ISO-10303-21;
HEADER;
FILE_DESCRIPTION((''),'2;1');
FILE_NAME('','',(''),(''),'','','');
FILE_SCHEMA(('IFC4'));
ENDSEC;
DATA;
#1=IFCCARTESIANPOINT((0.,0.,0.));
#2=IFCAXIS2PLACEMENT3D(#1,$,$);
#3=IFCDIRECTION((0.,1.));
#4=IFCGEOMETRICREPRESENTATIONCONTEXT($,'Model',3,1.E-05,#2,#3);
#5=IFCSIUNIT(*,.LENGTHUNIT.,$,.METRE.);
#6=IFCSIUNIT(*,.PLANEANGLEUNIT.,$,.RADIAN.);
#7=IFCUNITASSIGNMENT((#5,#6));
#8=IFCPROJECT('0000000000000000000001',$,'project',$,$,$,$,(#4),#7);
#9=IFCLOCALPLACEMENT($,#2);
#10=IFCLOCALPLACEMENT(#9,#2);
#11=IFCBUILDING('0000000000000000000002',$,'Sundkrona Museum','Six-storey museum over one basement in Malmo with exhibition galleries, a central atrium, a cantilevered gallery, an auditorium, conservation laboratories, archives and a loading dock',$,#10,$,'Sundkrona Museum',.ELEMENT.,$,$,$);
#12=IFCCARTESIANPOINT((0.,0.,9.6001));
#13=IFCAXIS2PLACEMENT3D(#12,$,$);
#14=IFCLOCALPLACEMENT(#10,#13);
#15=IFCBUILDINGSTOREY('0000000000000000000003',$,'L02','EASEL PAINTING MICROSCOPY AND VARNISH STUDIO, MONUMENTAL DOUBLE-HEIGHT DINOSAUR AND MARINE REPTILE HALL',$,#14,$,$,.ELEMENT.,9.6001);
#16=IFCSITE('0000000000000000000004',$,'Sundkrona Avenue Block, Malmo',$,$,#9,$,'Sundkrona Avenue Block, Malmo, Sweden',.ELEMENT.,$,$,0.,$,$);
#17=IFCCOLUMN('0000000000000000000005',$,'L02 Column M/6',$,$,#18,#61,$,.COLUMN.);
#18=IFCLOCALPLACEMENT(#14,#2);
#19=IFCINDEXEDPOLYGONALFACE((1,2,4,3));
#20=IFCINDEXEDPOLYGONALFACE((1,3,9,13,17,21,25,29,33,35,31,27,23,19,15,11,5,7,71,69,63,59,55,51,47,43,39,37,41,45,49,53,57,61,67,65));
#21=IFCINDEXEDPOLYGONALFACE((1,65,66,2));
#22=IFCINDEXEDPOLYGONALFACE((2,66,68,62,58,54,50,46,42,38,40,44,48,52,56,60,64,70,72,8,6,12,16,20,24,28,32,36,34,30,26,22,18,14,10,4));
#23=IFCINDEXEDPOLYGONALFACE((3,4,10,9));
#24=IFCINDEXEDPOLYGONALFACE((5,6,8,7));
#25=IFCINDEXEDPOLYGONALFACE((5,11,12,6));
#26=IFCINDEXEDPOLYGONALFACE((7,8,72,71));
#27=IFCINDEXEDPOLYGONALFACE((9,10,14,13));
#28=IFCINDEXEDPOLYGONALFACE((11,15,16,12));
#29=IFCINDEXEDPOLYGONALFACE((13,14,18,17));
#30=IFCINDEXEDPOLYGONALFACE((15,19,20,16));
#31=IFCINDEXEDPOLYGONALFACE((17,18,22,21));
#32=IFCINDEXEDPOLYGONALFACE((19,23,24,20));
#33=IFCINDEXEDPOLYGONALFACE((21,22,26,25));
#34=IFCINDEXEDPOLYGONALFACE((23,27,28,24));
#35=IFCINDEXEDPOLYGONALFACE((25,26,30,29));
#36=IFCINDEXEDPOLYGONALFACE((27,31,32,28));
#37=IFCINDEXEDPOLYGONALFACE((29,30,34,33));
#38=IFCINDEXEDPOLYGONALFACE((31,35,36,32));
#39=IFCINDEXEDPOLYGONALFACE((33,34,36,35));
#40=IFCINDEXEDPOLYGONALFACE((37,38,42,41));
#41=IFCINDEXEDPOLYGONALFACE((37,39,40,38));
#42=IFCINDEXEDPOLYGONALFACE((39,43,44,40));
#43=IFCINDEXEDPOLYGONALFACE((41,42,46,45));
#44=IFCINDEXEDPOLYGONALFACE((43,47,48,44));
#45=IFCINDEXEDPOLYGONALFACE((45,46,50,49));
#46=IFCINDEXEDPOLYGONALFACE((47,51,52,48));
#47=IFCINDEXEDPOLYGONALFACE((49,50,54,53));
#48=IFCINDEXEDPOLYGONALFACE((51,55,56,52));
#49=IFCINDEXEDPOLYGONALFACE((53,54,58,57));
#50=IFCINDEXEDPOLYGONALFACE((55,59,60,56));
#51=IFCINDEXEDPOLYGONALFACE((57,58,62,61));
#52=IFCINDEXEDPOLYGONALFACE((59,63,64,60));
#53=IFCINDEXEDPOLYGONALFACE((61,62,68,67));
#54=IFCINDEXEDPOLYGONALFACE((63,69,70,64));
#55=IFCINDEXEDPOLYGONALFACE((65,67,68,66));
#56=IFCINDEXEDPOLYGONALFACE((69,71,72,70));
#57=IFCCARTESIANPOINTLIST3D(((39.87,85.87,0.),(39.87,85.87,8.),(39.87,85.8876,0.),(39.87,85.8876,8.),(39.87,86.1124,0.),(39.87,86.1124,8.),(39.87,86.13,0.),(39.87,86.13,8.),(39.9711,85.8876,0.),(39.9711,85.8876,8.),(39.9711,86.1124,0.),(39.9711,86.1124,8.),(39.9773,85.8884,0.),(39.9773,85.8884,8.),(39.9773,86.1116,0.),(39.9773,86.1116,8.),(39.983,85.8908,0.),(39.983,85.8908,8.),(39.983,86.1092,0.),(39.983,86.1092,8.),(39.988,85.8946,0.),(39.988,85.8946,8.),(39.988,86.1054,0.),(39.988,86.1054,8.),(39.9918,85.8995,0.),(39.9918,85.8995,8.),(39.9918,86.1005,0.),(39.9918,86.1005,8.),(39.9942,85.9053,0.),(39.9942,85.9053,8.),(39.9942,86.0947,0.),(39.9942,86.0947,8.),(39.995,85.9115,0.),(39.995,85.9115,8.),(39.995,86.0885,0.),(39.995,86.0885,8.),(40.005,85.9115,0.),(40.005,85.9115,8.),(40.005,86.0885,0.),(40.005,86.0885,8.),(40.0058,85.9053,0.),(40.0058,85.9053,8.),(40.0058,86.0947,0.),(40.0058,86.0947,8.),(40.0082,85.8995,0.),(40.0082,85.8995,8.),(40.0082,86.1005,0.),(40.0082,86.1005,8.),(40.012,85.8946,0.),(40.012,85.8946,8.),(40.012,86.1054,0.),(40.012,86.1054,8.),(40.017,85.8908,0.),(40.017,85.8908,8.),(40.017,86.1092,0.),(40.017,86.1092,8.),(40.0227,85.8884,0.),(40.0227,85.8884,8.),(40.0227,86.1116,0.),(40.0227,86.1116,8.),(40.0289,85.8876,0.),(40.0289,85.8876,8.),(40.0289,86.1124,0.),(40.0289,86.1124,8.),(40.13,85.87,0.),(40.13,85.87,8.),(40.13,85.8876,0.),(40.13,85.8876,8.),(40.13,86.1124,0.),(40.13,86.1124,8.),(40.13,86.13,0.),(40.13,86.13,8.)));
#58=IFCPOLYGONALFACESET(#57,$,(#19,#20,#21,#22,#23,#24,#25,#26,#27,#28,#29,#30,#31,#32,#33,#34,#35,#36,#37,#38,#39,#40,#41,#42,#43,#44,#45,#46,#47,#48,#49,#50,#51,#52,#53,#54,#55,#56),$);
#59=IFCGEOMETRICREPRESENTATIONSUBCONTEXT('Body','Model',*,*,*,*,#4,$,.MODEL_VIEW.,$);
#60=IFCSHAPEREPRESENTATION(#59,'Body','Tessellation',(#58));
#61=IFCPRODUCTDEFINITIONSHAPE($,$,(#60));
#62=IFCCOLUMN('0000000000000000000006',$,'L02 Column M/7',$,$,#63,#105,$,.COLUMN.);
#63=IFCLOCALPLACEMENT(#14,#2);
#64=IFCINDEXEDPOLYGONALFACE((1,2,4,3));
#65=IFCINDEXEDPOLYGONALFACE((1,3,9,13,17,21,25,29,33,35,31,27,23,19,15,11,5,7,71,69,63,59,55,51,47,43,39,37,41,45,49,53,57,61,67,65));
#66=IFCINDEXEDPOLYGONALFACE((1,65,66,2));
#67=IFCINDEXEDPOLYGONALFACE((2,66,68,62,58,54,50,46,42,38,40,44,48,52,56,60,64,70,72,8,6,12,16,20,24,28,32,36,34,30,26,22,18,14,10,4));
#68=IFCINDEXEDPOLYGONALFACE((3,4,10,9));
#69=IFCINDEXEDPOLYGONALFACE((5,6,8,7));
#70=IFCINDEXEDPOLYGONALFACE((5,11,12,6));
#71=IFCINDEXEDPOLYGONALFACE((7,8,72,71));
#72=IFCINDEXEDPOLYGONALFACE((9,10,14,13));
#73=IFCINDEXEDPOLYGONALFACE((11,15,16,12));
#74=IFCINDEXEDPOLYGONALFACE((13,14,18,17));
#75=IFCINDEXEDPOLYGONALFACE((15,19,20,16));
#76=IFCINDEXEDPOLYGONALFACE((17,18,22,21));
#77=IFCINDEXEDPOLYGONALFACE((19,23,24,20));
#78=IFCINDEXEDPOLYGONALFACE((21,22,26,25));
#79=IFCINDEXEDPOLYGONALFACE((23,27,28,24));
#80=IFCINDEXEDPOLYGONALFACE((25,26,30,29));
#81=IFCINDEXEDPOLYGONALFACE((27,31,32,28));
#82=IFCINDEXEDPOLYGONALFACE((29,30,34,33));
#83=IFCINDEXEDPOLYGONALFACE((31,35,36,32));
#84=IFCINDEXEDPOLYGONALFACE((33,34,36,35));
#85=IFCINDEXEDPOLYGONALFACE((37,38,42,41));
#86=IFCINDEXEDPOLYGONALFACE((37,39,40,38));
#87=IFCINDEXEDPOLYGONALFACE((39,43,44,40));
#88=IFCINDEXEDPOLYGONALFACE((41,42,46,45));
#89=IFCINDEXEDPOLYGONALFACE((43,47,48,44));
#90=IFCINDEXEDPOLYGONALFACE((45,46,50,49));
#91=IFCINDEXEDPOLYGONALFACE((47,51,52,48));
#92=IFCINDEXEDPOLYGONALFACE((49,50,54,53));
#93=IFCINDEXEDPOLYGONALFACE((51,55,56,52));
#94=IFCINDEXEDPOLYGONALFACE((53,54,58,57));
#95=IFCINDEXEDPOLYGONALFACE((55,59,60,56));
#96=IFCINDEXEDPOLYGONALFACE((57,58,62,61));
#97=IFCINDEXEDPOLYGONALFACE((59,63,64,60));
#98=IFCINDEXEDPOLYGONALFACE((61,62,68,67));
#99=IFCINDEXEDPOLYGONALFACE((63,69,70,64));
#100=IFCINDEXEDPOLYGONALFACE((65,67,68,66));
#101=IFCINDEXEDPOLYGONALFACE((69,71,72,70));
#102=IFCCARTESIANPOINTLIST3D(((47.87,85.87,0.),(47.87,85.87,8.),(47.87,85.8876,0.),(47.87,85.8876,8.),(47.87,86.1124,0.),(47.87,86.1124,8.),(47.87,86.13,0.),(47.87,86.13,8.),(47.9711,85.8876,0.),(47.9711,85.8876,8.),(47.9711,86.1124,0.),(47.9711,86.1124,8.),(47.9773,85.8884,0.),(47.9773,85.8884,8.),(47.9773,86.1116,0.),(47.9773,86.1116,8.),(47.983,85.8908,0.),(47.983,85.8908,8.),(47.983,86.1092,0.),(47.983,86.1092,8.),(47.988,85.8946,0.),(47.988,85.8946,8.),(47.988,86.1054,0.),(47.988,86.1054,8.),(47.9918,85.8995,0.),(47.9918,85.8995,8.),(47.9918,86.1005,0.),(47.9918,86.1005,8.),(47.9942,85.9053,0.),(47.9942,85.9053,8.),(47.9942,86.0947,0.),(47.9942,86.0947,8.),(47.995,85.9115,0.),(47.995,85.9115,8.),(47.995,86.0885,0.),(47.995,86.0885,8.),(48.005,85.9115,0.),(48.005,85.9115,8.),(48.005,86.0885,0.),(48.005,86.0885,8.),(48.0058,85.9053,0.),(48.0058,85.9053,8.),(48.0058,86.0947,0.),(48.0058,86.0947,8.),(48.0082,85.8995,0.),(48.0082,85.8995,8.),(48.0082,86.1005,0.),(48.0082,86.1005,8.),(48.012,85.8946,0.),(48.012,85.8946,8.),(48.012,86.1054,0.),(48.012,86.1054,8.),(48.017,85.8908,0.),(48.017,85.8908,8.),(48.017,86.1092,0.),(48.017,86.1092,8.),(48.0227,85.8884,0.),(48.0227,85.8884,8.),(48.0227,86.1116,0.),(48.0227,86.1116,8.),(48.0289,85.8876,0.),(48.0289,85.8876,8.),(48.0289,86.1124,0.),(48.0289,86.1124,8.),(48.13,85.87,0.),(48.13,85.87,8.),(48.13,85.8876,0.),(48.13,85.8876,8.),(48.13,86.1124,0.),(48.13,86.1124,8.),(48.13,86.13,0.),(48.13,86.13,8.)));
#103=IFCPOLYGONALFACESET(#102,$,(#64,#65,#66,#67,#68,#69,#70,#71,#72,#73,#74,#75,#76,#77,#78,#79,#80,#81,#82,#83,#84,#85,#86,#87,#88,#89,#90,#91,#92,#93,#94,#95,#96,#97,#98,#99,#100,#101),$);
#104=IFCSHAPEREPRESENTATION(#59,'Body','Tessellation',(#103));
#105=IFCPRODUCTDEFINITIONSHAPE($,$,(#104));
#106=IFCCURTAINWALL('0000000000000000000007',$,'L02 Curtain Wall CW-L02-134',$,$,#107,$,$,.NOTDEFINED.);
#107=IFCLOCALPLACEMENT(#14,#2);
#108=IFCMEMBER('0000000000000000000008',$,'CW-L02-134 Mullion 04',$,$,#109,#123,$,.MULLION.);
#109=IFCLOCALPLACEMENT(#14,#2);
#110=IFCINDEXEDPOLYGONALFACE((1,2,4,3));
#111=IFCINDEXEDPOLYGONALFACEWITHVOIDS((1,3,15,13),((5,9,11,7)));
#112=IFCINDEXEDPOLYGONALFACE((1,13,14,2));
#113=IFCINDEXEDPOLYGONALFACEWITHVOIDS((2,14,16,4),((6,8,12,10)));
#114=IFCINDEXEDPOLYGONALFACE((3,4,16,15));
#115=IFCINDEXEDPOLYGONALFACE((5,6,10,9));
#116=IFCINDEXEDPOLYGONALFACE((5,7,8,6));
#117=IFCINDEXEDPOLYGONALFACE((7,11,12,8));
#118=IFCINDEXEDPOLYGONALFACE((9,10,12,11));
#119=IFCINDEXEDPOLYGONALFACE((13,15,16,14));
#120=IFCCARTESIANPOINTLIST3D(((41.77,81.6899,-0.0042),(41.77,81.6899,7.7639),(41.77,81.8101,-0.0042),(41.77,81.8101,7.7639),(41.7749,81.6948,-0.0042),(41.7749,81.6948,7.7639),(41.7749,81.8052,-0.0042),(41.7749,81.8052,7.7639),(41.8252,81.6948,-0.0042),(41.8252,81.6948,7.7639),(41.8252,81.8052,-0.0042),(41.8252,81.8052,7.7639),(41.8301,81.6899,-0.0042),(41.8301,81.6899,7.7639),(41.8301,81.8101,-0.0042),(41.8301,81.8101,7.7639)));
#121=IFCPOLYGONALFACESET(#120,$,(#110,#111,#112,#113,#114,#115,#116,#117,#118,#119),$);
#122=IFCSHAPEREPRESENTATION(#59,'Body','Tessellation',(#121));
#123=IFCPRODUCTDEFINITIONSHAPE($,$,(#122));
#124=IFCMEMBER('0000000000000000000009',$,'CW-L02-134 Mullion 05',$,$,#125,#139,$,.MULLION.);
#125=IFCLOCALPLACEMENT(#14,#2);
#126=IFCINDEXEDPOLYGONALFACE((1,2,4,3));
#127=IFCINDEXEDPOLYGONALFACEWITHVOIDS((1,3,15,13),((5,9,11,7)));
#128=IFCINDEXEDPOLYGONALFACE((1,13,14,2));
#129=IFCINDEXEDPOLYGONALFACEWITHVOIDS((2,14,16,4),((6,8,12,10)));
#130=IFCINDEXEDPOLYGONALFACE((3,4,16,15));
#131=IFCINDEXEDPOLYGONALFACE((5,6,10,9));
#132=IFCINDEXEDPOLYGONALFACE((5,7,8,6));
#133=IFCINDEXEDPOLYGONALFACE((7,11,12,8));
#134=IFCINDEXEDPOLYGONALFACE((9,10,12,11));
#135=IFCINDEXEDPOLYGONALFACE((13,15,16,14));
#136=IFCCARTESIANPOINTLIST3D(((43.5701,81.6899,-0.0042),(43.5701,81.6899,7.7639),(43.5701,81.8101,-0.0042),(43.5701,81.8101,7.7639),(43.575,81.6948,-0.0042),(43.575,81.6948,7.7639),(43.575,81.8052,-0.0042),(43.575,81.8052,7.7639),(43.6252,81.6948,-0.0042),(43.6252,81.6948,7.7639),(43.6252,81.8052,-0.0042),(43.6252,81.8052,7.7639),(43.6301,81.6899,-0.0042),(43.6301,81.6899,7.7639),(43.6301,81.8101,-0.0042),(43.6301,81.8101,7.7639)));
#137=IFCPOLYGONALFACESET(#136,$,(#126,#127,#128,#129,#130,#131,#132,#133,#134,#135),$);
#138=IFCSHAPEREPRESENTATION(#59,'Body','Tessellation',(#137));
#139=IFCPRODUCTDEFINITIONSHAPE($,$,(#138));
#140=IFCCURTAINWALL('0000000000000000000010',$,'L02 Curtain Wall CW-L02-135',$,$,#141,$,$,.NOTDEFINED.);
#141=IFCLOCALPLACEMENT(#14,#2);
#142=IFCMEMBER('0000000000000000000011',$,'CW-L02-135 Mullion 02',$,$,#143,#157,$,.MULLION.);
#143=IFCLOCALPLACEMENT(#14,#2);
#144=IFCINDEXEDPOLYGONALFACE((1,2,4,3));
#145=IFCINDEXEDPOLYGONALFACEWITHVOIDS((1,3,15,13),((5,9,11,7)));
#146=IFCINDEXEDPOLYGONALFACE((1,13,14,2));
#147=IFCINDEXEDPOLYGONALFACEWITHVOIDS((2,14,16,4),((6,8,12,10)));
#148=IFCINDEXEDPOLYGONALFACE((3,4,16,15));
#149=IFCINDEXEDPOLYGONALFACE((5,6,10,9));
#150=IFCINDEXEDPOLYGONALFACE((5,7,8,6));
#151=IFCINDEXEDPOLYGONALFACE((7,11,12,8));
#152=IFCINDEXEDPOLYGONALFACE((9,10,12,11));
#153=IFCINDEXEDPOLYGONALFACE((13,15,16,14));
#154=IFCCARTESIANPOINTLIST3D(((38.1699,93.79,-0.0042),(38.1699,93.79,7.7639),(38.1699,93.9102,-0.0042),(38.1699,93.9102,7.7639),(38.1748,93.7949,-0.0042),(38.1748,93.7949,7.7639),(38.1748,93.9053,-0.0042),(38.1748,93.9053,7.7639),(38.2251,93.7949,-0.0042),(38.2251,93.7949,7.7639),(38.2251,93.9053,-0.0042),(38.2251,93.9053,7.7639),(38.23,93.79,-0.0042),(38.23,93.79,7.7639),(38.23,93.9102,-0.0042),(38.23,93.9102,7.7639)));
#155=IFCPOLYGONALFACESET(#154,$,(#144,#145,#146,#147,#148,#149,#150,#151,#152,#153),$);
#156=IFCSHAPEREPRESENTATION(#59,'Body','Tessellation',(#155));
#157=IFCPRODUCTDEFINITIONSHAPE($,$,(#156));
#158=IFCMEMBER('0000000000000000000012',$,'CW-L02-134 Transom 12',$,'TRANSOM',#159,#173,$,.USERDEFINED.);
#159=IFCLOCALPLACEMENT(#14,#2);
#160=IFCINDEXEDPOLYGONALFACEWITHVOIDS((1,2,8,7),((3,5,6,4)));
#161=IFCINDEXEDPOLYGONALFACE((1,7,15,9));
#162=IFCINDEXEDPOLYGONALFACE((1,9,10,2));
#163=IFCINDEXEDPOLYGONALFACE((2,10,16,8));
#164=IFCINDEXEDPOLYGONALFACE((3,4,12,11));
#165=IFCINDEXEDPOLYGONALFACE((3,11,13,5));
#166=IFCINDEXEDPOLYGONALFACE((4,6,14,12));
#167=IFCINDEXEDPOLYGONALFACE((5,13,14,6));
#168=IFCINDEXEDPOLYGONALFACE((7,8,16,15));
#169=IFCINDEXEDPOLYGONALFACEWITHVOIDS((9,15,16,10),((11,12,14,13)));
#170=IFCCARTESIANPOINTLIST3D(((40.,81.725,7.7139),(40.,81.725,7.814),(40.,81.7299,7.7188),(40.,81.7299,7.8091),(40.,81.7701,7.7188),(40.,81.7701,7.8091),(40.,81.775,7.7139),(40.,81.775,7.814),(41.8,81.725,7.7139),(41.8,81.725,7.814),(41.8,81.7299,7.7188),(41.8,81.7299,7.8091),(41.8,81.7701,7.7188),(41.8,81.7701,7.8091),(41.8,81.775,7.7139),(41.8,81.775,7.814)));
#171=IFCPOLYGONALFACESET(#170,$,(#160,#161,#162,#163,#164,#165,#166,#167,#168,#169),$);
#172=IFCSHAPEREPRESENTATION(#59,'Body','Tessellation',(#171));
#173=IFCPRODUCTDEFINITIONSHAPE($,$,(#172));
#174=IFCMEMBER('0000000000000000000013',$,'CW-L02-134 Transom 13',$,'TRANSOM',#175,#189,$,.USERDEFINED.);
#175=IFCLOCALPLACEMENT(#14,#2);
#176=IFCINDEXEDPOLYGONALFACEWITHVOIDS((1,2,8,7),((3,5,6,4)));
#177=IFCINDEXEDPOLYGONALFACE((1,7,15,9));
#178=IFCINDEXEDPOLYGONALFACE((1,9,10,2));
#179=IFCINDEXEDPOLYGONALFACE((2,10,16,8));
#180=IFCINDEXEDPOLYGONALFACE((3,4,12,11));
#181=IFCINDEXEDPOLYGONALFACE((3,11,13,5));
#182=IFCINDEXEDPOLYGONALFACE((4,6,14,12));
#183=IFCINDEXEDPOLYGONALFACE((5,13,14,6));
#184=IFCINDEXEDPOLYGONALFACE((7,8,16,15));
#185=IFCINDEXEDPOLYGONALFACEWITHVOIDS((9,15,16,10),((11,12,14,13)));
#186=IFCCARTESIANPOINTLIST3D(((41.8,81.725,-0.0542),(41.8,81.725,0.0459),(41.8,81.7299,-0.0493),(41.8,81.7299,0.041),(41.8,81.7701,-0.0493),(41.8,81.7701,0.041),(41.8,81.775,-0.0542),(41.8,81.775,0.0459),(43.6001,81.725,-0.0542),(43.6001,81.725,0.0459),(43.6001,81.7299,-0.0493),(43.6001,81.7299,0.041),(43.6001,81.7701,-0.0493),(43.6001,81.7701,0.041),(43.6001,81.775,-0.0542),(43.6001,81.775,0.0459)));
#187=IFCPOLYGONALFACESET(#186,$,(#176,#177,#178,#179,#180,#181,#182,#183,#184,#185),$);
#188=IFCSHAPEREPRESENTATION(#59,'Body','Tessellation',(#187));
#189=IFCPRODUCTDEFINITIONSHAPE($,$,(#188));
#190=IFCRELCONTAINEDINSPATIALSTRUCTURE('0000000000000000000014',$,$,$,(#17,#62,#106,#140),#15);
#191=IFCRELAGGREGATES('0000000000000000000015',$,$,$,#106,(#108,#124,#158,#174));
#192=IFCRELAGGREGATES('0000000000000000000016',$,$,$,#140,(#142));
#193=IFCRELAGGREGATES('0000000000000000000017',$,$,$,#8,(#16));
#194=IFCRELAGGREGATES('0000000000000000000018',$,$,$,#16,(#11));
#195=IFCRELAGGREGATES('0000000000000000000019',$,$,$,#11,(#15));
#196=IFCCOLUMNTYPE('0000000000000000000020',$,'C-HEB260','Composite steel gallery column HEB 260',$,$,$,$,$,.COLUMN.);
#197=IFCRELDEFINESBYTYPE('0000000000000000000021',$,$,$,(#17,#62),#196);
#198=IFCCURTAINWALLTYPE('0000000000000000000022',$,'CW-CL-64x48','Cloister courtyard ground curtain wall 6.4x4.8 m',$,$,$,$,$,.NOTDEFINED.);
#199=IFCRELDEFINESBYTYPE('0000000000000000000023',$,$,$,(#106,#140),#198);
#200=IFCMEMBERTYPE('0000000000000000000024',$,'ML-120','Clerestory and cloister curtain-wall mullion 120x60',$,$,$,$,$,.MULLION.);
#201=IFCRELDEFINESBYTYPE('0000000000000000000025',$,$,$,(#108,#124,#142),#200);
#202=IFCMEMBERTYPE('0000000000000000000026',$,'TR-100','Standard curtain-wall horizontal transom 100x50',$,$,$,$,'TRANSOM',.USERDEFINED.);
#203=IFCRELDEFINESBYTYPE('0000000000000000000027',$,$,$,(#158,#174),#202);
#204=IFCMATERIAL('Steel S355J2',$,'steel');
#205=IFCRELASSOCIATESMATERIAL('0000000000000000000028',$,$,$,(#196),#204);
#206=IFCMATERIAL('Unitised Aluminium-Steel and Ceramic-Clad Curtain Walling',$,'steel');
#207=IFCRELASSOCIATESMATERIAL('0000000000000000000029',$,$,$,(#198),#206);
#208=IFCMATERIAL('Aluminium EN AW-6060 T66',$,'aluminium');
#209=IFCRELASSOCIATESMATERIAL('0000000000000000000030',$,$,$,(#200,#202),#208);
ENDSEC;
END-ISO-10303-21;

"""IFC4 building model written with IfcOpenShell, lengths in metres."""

from ifc_helpers import new_model, si_unit, direction, frame, origin, origin_2d, place, context, subcontext, project, spatial, hollow_rectangle, i_section, extrude, material, material_profile, profile_set, type_object, element, aggregate, save


model = new_model("IFC4")

# Units and contexts
model_context = context("Model", 3, precision=1e-05, world=origin(), true_north=direction((0.0, 1.0)))
body_context = subcontext(model_context, "Body", "Model", "MODEL_VIEW")
ifc_project = project(units=[si_unit("LENGTHUNIT", "METRE"), si_unit("PLANEANGLEUNIT", "RADIAN")], contexts=[model_context])

# Site, building, storey
site_placement = place(None, origin())
site = spatial("IfcSite", under=ifc_project, at=site_placement, Name="Sundkrona Avenue Block, Malmo", LongName="Sundkrona Avenue Block, Malmo, Sweden", CompositionType="ELEMENT", RefElevation=0.0)
building_placement = place(site_placement, origin())
building = spatial("IfcBuilding", under=site, at=building_placement, Name="Sundkrona Museum", Description="Six-storey museum over one basement in Malmo with exhibition galleries, a central atrium, a cantilevered gallery, an auditorium, conservation laboratories, archives and a loading dock", LongName="Sundkrona Museum", CompositionType="ELEMENT")
storey_placement = place(building_placement, frame((0.0, 0.0, 9.6001)))
storey = spatial("IfcBuildingStorey", under=building, at=storey_placement, Name="L02", Description="EASEL PAINTING MICROSCOPY AND VARNISH STUDIO, MONUMENTAL DOUBLE-HEIGHT DINOSAUR AND MARINE REPTILE HALL", CompositionType="ELEMENT", Elevation=9.6001)

# Columns
ifc_material_1 = material(Name="Steel S355J2", Category="steel")
ifc_material_profile_1 = material_profile(ifc_material_1, i_section(OverallWidth=0.26, OverallDepth=0.26, WebThickness=0.01, FlangeThickness=0.0176, FilletRadius=0.0239, at=origin_2d()), Name="HEB 260")
ifc_profile_set_1 = profile_set([ifc_material_profile_1], Name="Steel S355J2")
column_type = type_object("IfcColumnType", Name="C-HEB260", Description="Composite steel gallery column HEB 260", PredefinedType="COLUMN", material=ifc_profile_set_1)
for number, where, z_axis, x_axis, name in (
    (1, (40.0, 86.0, 0.0), (0.0, 0.0, 1.0), (1.0, 0.0, 0.0), "L02 Column M/6"),
    (2, (48.0, 86.0, 0.0), (0.0, 0.0, 1.0), (1.0, 0.0, 0.0), "L02 Column M/7"),
):
    element("IfcColumn", number, at=place(storey_placement, frame(where, z_axis=z_axis, x_axis=x_axis)), inside=storey, type_object=column_type, Name=name, PredefinedType="COLUMN", context=body_context, shape_type="SweptSolid", body=[
        extrude(i_section(OverallWidth=0.26, OverallDepth=0.26, WebThickness=0.01, FlangeThickness=0.0176, FilletRadius=0.0239, at=origin_2d()), origin(), (0.0, 0.0, 1.0), 8.0),
    ])

# Curtain wall, members
ifc_material_2 = material(Name="Unitised Aluminium-Steel and Ceramic-Clad Curtain Walling", Category="steel")
curtain_wall_type = type_object("IfcCurtainWallType", Name="CW-CL-64x48", Description="Cloister courtyard ground curtain wall 6.4x4.8 m", PredefinedType="NOTDEFINED", material=ifc_material_2)
curtain_wall_1_placement = place(storey_placement, origin())
curtain_wall_1 = element("IfcCurtainWall", 3, at=curtain_wall_1_placement, inside=storey, type_object=curtain_wall_type, Name="L02 Curtain Wall CW-L02-134", PredefinedType="NOTDEFINED")
ifc_material_3 = material(Name="Aluminium EN AW-6060 T66", Category="aluminium")
ifc_material_profile_2 = material_profile(ifc_material_3, hollow_rectangle(XDim=0.0601, YDim=0.1201, WallThickness=0.0049, at=origin_2d()), Name="RHS 120x60x5.0")
ifc_profile_set_2 = profile_set([ifc_material_profile_2], Name="Aluminium EN AW-6060 T66")
member_type_1 = type_object("IfcMemberType", Name="ML-120", Description="Clerestory and cloister curtain-wall mullion 120x60", PredefinedType="MULLION", material=ifc_profile_set_2)
member_1_placement = place(storey_placement, frame((41.8, 81.75, -0.0042), z_axis=(0.0, 0.0, 1.0), x_axis=(1.0, 0.0, 0.0)))
member_1 = element("IfcMember", 4, at=member_1_placement, type_object=member_type_1, Name="CW-L02-134 Mullion 04", PredefinedType="MULLION", context=body_context, shape_type="SweptSolid", body=[
    extrude(hollow_rectangle(XDim=0.0601, YDim=0.1201, WallThickness=0.0049, at=origin_2d()), origin(), (0.0, 0.0, 1.0), 7.7681),
])
member_2_placement = place(storey_placement, frame((43.6001, 81.75, -0.0042), z_axis=(0.0, 0.0, 1.0), x_axis=(1.0, 0.0, 0.0)))
member_2 = element("IfcMember", 5, at=member_2_placement, type_object=member_type_1, Name="CW-L02-134 Mullion 05", PredefinedType="MULLION", context=body_context, shape_type="SweptSolid", body=[
    extrude(hollow_rectangle(XDim=0.0601, YDim=0.1201, WallThickness=0.0049, at=origin_2d()), origin(), (0.0, 0.0, 1.0), 7.7681),
])

# Curtain wall, member
curtain_wall_2_placement = place(storey_placement, origin())
curtain_wall_2 = element("IfcCurtainWall", 6, at=curtain_wall_2_placement, inside=storey, type_object=curtain_wall_type, Name="L02 Curtain Wall CW-L02-135", PredefinedType="NOTDEFINED")
member_3_placement = place(storey_placement, frame((38.2, 93.8501, -0.0042), z_axis=(0.0, 0.0, 1.0), x_axis=(1.0, 0.0, 0.0)))
member_3 = element("IfcMember", 7, at=member_3_placement, type_object=member_type_1, Name="CW-L02-135 Mullion 02", PredefinedType="MULLION", context=body_context, shape_type="SweptSolid", body=[
    extrude(hollow_rectangle(XDim=0.0601, YDim=0.1201, WallThickness=0.0049, at=origin_2d()), origin(), (0.0, 0.0, 1.0), 7.7681),
])

# Members
ifc_material_profile_3 = material_profile(ifc_material_3, hollow_rectangle(XDim=0.05, YDim=0.1001, WallThickness=0.0049, at=origin_2d()), Name="RHS 100x50x5.0")
ifc_profile_set_3 = profile_set([ifc_material_profile_3], Name="Aluminium EN AW-6060 T66")
member_type_2 = type_object("IfcMemberType", Name="TR-100", Description="Standard curtain-wall horizontal transom 100x50", ElementType="TRANSOM", PredefinedType="USERDEFINED", material=ifc_profile_set_3)
member_4_placement = place(storey_placement, frame((40.0, 81.75, 7.7639), z_axis=(1.0, 0.0, 0.0), x_axis=(0.0, 1.0, 0.0)))
member_4 = element("IfcMember", 8, at=member_4_placement, type_object=member_type_2, Name="CW-L02-134 Transom 12", ObjectType="TRANSOM", PredefinedType="USERDEFINED", context=body_context, shape_type="SweptSolid", body=[
    extrude(hollow_rectangle(XDim=0.05, YDim=0.1001, WallThickness=0.0049, at=origin_2d()), origin(), (0.0, 0.0, 1.0), 1.8),
])
member_5_placement = place(storey_placement, frame((41.8, 81.75, -0.0042), z_axis=(1.0, 0.0, 0.0), x_axis=(0.0, 1.0, 0.0)))
member_5 = element("IfcMember", 9, at=member_5_placement, type_object=member_type_2, Name="CW-L02-134 Transom 13", ObjectType="TRANSOM", PredefinedType="USERDEFINED", context=body_context, shape_type="SweptSolid", body=[
    extrude(hollow_rectangle(XDim=0.05, YDim=0.1001, WallThickness=0.0049, at=origin_2d()), origin(), (0.0, 0.0, 1.0), 1.8),
])

aggregate(curtain_wall_1, [member_1, member_2, member_4, member_5])
aggregate(curtain_wall_2, [member_3])

save(model, "model.ifc")
